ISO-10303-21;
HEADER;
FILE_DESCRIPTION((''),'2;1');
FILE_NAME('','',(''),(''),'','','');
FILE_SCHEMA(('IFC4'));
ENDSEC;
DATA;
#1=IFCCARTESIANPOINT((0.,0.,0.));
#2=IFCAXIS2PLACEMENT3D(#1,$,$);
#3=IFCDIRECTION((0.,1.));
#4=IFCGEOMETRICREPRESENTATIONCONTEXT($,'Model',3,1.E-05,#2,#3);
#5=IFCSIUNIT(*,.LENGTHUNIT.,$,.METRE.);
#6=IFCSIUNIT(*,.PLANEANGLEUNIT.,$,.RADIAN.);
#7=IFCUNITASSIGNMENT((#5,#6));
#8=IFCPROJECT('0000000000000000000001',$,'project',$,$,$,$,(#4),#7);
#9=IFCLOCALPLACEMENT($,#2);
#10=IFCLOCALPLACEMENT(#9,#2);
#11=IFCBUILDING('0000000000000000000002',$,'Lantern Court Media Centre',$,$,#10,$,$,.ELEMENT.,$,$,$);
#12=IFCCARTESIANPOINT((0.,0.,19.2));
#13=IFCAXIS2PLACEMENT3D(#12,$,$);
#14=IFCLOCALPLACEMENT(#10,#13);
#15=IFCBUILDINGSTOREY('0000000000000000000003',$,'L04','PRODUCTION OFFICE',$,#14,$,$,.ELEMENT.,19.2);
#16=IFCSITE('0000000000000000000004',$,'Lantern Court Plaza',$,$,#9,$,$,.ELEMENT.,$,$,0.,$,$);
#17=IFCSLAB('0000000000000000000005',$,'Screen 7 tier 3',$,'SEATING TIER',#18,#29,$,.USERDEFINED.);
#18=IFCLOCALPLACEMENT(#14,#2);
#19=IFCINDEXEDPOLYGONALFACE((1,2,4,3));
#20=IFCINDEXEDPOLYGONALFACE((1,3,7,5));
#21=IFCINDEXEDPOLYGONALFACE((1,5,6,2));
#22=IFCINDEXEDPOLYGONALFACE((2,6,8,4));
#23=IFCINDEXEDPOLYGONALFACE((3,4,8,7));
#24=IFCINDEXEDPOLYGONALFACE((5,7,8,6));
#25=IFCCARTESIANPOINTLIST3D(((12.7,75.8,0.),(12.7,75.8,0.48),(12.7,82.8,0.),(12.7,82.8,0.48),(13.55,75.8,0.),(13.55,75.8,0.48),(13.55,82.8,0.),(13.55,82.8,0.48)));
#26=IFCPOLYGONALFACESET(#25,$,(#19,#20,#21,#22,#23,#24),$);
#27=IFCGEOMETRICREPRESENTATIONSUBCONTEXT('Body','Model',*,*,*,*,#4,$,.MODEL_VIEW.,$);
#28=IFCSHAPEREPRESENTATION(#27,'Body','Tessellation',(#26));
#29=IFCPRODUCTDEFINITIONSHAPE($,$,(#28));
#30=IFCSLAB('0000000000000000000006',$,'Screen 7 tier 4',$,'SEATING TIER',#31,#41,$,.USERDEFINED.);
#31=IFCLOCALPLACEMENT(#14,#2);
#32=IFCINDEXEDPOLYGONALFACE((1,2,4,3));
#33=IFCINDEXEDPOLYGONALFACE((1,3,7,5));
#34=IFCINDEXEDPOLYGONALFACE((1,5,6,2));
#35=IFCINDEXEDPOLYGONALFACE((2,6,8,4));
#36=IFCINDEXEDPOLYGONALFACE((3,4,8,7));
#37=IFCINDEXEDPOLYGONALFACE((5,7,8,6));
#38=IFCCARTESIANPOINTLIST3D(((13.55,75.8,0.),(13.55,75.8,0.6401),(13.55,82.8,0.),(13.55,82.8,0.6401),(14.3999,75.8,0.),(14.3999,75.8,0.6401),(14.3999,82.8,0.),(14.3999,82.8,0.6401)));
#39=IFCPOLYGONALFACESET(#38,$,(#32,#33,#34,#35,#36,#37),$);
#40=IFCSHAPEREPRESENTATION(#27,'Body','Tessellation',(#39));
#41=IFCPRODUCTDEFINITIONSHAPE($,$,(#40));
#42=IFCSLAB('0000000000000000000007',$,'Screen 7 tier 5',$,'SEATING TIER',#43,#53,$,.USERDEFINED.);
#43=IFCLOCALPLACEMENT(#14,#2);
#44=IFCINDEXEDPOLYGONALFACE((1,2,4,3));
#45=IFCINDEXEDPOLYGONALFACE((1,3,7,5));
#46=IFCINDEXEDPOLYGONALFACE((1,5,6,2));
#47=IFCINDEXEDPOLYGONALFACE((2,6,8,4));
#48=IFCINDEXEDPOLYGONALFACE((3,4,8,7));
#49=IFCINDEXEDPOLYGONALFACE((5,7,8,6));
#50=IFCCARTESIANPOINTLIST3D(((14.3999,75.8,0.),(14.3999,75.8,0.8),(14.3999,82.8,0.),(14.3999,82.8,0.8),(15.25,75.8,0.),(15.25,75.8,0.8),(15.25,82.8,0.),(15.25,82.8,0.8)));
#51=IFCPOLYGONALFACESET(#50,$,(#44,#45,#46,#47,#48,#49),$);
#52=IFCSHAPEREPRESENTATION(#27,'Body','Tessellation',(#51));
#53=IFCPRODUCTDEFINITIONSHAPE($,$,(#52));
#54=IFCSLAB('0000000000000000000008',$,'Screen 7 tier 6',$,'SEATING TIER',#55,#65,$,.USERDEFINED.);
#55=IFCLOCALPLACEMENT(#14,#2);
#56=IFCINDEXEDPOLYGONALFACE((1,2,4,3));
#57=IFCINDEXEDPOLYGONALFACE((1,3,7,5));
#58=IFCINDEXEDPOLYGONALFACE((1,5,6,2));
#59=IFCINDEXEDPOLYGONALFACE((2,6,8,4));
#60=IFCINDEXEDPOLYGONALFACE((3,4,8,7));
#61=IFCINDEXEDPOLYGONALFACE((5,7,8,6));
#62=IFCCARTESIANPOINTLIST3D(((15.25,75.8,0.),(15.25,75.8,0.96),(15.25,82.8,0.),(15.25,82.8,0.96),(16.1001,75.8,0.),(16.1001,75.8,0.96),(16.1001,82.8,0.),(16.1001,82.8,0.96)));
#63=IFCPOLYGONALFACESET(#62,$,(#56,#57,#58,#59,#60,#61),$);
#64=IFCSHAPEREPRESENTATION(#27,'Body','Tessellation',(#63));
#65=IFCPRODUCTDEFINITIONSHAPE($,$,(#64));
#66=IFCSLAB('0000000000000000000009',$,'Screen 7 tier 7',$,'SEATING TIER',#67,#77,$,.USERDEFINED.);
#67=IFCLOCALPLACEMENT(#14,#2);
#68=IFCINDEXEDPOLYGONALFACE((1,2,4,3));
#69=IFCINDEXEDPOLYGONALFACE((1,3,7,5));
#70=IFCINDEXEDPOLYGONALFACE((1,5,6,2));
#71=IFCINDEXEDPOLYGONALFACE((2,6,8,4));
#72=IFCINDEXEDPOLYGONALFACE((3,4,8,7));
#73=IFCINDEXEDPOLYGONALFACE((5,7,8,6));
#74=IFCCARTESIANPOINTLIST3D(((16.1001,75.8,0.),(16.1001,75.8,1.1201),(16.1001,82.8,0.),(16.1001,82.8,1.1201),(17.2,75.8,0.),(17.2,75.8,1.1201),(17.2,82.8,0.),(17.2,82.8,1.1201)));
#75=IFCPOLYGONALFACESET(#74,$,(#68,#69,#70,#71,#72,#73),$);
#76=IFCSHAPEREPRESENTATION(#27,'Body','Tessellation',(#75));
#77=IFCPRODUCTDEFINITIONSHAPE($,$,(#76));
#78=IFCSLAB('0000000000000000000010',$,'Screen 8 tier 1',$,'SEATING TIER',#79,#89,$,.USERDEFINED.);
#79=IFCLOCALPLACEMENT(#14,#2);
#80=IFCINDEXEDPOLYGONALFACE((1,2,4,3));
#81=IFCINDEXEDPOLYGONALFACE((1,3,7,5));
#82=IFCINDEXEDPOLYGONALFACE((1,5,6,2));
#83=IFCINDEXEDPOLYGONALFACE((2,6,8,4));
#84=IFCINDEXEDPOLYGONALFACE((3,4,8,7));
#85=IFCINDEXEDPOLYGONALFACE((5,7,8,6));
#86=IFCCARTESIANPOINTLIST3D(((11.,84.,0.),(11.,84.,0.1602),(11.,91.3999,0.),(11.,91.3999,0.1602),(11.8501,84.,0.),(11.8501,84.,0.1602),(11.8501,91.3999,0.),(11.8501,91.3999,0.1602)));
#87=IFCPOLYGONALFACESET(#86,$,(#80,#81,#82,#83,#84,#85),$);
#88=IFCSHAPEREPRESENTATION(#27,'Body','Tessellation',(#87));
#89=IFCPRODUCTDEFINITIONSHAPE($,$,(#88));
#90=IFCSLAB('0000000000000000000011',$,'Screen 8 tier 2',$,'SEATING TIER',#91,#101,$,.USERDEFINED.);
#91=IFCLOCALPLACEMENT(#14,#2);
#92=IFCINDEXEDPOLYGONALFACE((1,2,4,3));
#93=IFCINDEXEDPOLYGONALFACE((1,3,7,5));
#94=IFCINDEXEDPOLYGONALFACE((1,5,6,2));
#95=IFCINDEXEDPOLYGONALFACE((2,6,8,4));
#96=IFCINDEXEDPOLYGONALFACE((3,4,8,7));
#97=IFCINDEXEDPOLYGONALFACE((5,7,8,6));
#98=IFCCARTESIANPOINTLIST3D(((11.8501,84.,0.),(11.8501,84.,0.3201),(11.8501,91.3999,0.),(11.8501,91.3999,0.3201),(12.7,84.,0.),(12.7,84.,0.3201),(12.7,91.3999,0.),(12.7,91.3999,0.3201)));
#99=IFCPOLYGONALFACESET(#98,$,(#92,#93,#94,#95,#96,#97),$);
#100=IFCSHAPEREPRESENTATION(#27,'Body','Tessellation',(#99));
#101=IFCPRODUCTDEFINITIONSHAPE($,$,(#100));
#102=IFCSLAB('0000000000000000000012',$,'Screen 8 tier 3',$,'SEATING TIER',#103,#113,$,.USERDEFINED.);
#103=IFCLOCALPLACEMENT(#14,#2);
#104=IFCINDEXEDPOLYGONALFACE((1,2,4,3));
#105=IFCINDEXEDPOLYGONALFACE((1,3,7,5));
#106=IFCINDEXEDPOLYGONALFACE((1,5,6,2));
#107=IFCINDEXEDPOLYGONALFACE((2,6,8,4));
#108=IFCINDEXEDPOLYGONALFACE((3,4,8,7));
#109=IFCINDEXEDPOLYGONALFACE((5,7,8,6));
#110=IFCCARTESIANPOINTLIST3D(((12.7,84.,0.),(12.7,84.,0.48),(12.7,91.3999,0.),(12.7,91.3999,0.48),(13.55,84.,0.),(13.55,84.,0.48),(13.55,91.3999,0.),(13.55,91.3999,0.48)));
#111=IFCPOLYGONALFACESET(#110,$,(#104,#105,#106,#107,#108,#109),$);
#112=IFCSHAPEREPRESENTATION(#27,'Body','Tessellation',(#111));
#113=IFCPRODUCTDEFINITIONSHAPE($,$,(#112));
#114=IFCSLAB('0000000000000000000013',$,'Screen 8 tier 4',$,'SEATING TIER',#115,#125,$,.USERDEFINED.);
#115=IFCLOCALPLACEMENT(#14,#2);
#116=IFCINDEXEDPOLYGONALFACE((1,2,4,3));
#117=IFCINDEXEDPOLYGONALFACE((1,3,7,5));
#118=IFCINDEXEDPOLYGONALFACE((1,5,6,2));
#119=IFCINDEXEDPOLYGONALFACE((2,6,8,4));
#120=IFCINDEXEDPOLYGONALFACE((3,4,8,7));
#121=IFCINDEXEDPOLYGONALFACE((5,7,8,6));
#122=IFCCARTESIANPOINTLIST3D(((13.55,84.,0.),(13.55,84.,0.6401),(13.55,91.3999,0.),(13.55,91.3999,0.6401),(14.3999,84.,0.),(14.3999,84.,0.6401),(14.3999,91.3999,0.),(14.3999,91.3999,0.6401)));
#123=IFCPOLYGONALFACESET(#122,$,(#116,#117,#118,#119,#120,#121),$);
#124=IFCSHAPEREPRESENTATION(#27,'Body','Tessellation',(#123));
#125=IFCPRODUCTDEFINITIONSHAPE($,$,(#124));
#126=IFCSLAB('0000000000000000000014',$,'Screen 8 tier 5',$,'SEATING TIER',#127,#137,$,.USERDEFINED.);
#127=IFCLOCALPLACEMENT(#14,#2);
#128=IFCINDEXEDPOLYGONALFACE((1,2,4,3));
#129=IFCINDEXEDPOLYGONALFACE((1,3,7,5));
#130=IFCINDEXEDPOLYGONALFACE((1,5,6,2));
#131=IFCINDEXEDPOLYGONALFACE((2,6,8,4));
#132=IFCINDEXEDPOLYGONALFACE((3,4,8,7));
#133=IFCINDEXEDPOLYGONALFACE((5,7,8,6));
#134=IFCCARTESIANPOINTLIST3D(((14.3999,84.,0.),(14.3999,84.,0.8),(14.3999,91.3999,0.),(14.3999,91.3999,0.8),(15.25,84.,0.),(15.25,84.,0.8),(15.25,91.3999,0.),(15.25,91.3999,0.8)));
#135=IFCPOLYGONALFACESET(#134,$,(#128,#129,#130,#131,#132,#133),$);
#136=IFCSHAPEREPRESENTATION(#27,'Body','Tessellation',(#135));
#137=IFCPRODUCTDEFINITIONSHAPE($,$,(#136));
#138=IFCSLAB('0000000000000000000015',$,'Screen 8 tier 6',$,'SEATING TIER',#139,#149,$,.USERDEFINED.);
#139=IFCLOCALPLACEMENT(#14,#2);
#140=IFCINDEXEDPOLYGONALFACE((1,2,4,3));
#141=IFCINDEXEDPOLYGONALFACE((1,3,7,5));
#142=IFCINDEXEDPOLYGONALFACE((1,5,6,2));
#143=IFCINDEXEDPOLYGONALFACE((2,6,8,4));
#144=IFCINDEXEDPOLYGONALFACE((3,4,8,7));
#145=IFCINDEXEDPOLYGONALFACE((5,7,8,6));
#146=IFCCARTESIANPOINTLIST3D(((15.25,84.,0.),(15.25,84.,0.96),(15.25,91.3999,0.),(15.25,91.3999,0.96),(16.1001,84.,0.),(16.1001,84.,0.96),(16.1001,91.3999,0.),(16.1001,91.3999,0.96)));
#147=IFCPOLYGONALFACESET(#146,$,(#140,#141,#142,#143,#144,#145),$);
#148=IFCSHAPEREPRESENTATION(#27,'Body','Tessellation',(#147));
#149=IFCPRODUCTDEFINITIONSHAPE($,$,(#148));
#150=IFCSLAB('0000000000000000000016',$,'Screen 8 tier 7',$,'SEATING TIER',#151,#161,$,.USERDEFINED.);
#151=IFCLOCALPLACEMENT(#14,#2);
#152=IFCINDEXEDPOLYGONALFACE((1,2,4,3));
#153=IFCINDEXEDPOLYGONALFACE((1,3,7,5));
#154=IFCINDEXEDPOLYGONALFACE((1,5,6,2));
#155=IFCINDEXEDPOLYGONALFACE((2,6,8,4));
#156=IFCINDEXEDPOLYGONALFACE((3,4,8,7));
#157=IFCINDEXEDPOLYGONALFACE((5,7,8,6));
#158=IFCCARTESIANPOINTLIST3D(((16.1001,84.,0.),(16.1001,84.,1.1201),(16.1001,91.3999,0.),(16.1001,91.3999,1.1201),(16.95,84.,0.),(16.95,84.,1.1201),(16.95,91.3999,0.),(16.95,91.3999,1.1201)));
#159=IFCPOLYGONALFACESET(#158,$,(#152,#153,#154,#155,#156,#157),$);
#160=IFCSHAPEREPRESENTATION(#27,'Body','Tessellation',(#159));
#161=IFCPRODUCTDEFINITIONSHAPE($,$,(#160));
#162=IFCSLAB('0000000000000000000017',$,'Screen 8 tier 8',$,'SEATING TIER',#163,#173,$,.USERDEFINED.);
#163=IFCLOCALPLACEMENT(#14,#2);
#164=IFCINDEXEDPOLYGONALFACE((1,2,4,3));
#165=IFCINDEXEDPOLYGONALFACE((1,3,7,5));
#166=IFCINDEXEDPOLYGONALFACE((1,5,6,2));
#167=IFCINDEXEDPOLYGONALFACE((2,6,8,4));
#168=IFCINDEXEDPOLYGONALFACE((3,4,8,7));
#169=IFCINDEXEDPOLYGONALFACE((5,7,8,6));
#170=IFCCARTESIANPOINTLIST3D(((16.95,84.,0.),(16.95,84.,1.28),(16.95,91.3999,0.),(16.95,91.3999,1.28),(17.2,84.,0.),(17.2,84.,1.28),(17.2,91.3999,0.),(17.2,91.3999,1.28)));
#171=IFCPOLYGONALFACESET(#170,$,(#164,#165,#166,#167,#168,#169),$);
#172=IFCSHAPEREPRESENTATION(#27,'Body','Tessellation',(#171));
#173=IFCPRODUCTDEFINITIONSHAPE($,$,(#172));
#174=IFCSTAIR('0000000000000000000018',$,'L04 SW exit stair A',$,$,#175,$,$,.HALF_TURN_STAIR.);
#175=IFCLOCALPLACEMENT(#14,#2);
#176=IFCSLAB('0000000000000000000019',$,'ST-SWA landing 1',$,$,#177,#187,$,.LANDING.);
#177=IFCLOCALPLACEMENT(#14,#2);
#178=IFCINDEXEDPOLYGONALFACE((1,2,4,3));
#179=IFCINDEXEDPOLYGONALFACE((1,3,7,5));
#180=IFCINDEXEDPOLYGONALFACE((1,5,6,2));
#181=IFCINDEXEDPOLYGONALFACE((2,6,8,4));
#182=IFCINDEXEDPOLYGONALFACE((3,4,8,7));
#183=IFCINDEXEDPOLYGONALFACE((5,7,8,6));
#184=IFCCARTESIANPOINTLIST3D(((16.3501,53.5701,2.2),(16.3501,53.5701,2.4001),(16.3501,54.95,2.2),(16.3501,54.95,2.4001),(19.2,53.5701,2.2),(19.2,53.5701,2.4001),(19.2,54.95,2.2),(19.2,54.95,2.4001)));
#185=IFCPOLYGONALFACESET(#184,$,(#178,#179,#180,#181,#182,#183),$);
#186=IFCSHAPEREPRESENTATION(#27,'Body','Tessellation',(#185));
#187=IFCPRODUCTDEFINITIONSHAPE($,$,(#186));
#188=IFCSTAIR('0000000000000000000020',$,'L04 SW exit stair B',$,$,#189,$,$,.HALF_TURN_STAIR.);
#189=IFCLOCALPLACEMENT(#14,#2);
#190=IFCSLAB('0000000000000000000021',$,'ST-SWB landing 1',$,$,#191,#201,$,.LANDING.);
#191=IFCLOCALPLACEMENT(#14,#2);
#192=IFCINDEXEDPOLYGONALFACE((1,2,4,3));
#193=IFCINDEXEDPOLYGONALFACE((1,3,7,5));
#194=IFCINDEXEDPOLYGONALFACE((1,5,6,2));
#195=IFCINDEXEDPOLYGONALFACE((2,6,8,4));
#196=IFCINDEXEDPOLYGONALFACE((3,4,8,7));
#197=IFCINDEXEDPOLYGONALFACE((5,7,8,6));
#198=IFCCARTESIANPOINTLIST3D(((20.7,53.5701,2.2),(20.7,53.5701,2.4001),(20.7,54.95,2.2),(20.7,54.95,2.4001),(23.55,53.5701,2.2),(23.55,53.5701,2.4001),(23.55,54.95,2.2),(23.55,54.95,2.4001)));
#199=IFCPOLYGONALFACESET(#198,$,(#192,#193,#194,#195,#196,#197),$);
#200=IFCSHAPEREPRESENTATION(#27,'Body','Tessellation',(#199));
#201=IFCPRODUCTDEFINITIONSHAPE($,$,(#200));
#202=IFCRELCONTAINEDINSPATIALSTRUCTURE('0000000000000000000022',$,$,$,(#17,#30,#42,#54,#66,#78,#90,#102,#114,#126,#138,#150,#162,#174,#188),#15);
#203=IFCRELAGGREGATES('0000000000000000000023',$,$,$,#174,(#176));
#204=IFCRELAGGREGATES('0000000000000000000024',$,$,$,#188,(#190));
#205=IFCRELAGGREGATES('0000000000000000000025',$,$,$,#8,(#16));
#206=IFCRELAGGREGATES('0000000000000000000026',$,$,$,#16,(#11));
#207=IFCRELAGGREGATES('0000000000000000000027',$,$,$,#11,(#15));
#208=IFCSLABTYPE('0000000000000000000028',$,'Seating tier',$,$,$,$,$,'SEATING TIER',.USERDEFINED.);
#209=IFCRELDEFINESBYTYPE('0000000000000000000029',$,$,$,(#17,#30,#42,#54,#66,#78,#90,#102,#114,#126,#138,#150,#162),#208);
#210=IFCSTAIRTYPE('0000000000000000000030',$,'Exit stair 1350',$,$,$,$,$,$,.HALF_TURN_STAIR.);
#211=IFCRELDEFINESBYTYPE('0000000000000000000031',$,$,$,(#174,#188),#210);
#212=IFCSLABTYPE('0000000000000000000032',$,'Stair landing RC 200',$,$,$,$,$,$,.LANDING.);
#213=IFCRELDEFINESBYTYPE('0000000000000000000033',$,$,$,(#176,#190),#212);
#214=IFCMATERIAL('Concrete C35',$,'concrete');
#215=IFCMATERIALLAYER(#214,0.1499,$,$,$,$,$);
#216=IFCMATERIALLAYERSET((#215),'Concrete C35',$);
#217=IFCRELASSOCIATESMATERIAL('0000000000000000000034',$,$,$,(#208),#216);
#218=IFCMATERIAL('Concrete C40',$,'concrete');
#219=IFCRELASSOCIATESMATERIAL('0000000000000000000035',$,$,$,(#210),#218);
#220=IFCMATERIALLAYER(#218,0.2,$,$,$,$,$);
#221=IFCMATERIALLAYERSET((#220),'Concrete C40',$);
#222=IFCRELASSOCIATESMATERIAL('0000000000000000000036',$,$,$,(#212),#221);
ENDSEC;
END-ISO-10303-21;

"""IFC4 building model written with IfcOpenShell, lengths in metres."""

from ifc_helpers import new_model, si_unit, direction, frame, origin, place, context, subcontext, project, spatial, polyline, outline, extrude, material, layer, layer_set, type_object, element, aggregate, save


model = new_model("IFC4")

# Units and contexts
model_context = context("Model", 3, precision=1e-05, world=origin(), true_north=direction((0.0, 1.0)))
body_context = subcontext(model_context, "Body", "Model", "MODEL_VIEW")
ifc_project = project(units=[si_unit("LENGTHUNIT", "METRE"), si_unit("PLANEANGLEUNIT", "RADIAN")], contexts=[model_context])

# Site, building, storey
site_placement = place(None, origin())
site = spatial("IfcSite", under=ifc_project, at=site_placement, Name="Lantern Court Plaza", CompositionType="ELEMENT", RefElevation=0.0)
building_placement = place(site_placement, origin())
building = spatial("IfcBuilding", under=site, at=building_placement, Name="Lantern Court Media Centre", CompositionType="ELEMENT")
storey_placement = place(building_placement, frame((0.0, 0.0, 19.2)))
storey = spatial("IfcBuildingStorey", under=building, at=storey_placement, Name="L04", Description="PRODUCTION OFFICE", CompositionType="ELEMENT", Elevation=19.2)

# Slabs
ifc_material_1 = material(Name="Concrete C35", Category="concrete")
ifc_layer_1 = layer(ifc_material_1, 0.1499)
ifc_layer_set_1 = layer_set([ifc_layer_1], Name="Concrete C35")
slab_type_1 = type_object("IfcSlabType", Name="Seating tier", ElementType="SEATING TIER", PredefinedType="USERDEFINED", material=ifc_layer_set_1)
slab_1_placement = place(storey_placement, origin())
element("IfcSlab", 1, at=slab_1_placement, inside=storey, type_object=slab_type_1, Name="Screen 7 tier 3", ObjectType="SEATING TIER", PredefinedType="USERDEFINED", context=body_context, shape_type="SweptSolid", body=[
    extrude(outline(polyline([(12.7, 75.8), (13.55, 75.8), (13.55, 82.8), (12.7, 82.8), (12.7, 75.8)])), origin(), (0.0, 0.0, 1.0), 0.48),
])
slab_2_placement = place(storey_placement, origin())
element("IfcSlab", 2, at=slab_2_placement, inside=storey, type_object=slab_type_1, Name="Screen 7 tier 4", ObjectType="SEATING TIER", PredefinedType="USERDEFINED", context=body_context, shape_type="SweptSolid", body=[
    extrude(outline(polyline([(13.55, 75.8), (14.3999, 75.8), (14.3999, 82.8), (13.55, 82.8), (13.55, 75.8)])), origin(), (0.0, 0.0, 1.0), 0.6401),
])
slab_3_placement = place(storey_placement, origin())
element("IfcSlab", 3, at=slab_3_placement, inside=storey, type_object=slab_type_1, Name="Screen 7 tier 5", ObjectType="SEATING TIER", PredefinedType="USERDEFINED", context=body_context, shape_type="SweptSolid", body=[
    extrude(outline(polyline([(14.3999, 75.8), (15.25, 75.8), (15.25, 82.8), (14.3999, 82.8), (14.3999, 75.8)])), origin(), (0.0, 0.0, 1.0), 0.8),
])
slab_4_placement = place(storey_placement, origin())
element("IfcSlab", 4, at=slab_4_placement, inside=storey, type_object=slab_type_1, Name="Screen 7 tier 6", ObjectType="SEATING TIER", PredefinedType="USERDEFINED", context=body_context, shape_type="SweptSolid", body=[
    extrude(outline(polyline([(15.25, 75.8), (16.1001, 75.8), (16.1001, 82.8), (15.25, 82.8), (15.25, 75.8)])), origin(), (0.0, 0.0, 1.0), 0.96),
])
slab_5_placement = place(storey_placement, origin())
element("IfcSlab", 5, at=slab_5_placement, inside=storey, type_object=slab_type_1, Name="Screen 7 tier 7", ObjectType="SEATING TIER", PredefinedType="USERDEFINED", context=body_context, shape_type="SweptSolid", body=[
    extrude(outline(polyline([(16.1001, 75.8), (17.2, 75.8), (17.2, 82.8), (16.1001, 82.8), (16.1001, 75.8)])), origin(), (0.0, 0.0, 1.0), 1.1201),
])
slab_6_placement = place(storey_placement, origin())
element("IfcSlab", 6, at=slab_6_placement, inside=storey, type_object=slab_type_1, Name="Screen 8 tier 1", ObjectType="SEATING TIER", PredefinedType="USERDEFINED", context=body_context, shape_type="SweptSolid", body=[
    extrude(outline(polyline([(11.0, 84.0), (11.8501, 84.0), (11.8501, 91.3999), (11.0, 91.3999), (11.0, 84.0)])), origin(), (0.0, 0.0, 1.0), 0.1602),
])
slab_7_placement = place(storey_placement, origin())
element("IfcSlab", 7, at=slab_7_placement, inside=storey, type_object=slab_type_1, Name="Screen 8 tier 2", ObjectType="SEATING TIER", PredefinedType="USERDEFINED", context=body_context, shape_type="SweptSolid", body=[
    extrude(outline(polyline([(11.8501, 84.0), (12.7, 84.0), (12.7, 91.3999), (11.8501, 91.3999), (11.8501, 84.0)])), origin(), (0.0, 0.0, 1.0), 0.3201),
])
slab_8_placement = place(storey_placement, origin())
element("IfcSlab", 8, at=slab_8_placement, inside=storey, type_object=slab_type_1, Name="Screen 8 tier 3", ObjectType="SEATING TIER", PredefinedType="USERDEFINED", context=body_context, shape_type="SweptSolid", body=[
    extrude(outline(polyline([(12.7, 84.0), (13.55, 84.0), (13.55, 91.3999), (12.7, 91.3999), (12.7, 84.0)])), origin(), (0.0, 0.0, 1.0), 0.48),
])
slab_9_placement = place(storey_placement, origin())
element("IfcSlab", 9, at=slab_9_placement, inside=storey, type_object=slab_type_1, Name="Screen 8 tier 4", ObjectType="SEATING TIER", PredefinedType="USERDEFINED", context=body_context, shape_type="SweptSolid", body=[
    extrude(outline(polyline([(13.55, 84.0), (14.3999, 84.0), (14.3999, 91.3999), (13.55, 91.3999), (13.55, 84.0)])), origin(), (0.0, 0.0, 1.0), 0.6401),
])
slab_10_placement = place(storey_placement, origin())
element("IfcSlab", 10, at=slab_10_placement, inside=storey, type_object=slab_type_1, Name="Screen 8 tier 5", ObjectType="SEATING TIER", PredefinedType="USERDEFINED", context=body_context, shape_type="SweptSolid", body=[
    extrude(outline(polyline([(14.3999, 84.0), (15.25, 84.0), (15.25, 91.3999), (14.3999, 91.3999), (14.3999, 84.0)])), origin(), (0.0, 0.0, 1.0), 0.8),
])
slab_11_placement = place(storey_placement, origin())
element("IfcSlab", 11, at=slab_11_placement, inside=storey, type_object=slab_type_1, Name="Screen 8 tier 6", ObjectType="SEATING TIER", PredefinedType="USERDEFINED", context=body_context, shape_type="SweptSolid", body=[
    extrude(outline(polyline([(15.25, 84.0), (16.1001, 84.0), (16.1001, 91.3999), (15.25, 91.3999), (15.25, 84.0)])), origin(), (0.0, 0.0, 1.0), 0.96),
])
slab_12_placement = place(storey_placement, origin())
element("IfcSlab", 12, at=slab_12_placement, inside=storey, type_object=slab_type_1, Name="Screen 8 tier 7", ObjectType="SEATING TIER", PredefinedType="USERDEFINED", context=body_context, shape_type="SweptSolid", body=[
    extrude(outline(polyline([(16.1001, 84.0), (16.95, 84.0), (16.95, 91.3999), (16.1001, 91.3999), (16.1001, 84.0)])), origin(), (0.0, 0.0, 1.0), 1.1201),
])
slab_13_placement = place(storey_placement, origin())
element("IfcSlab", 13, at=slab_13_placement, inside=storey, type_object=slab_type_1, Name="Screen 8 tier 8", ObjectType="SEATING TIER", PredefinedType="USERDEFINED", context=body_context, shape_type="SweptSolid", body=[
    extrude(outline(polyline([(16.95, 84.0), (17.2, 84.0), (17.2, 91.3999), (16.95, 91.3999), (16.95, 84.0)])), origin(), (0.0, 0.0, 1.0), 1.28),
])

# Stairs, slabs
ifc_material_2 = material(Name="Concrete C40", Category="concrete")
stair_type = type_object("IfcStairType", Name="Exit stair 1350", PredefinedType="HALF_TURN_STAIR", material=ifc_material_2)
stair_1_placement = place(storey_placement, origin())
stair_1 = element("IfcStair", 14, at=stair_1_placement, inside=storey, type_object=stair_type, Name="L04 SW exit stair A", PredefinedType="HALF_TURN_STAIR")
ifc_layer_2 = layer(ifc_material_2, 0.2)
ifc_layer_set_2 = layer_set([ifc_layer_2], Name="Concrete C40")
slab_type_2 = type_object("IfcSlabType", Name="Stair landing RC 200", PredefinedType="LANDING", material=ifc_layer_set_2)
slab_14_placement = place(storey_placement, frame((0.0, 0.0, 2.2)))
slab_14 = element("IfcSlab", 15, at=slab_14_placement, type_object=slab_type_2, Name="ST-SWA landing 1", PredefinedType="LANDING", context=body_context, shape_type="SweptSolid", body=[
    extrude(outline(polyline([(19.2, 53.5701), (19.2, 54.95), (16.3501, 54.95), (16.3501, 53.5701), (19.2, 53.5701)])), origin(), (0.0, 0.0, 1.0), 0.2002),
])
aggregate(stair_1, [slab_14])
stair_2_placement = place(storey_placement, origin())
stair_2 = element("IfcStair", 16, at=stair_2_placement, inside=storey, type_object=stair_type, Name="L04 SW exit stair B", PredefinedType="HALF_TURN_STAIR")
slab_15_placement = place(storey_placement, frame((0.0, 0.0, 2.2)))
slab_15 = element("IfcSlab", 17, at=slab_15_placement, type_object=slab_type_2, Name="ST-SWB landing 1", PredefinedType="LANDING", context=body_context, shape_type="SweptSolid", body=[
    extrude(outline(polyline([(23.55, 53.5701), (23.55, 54.95), (20.7, 54.95), (20.7, 53.5701), (23.55, 53.5701)])), origin(), (0.0, 0.0, 1.0), 0.2002),
])
aggregate(stair_2, [slab_15])

save(model, "model.ifc")
